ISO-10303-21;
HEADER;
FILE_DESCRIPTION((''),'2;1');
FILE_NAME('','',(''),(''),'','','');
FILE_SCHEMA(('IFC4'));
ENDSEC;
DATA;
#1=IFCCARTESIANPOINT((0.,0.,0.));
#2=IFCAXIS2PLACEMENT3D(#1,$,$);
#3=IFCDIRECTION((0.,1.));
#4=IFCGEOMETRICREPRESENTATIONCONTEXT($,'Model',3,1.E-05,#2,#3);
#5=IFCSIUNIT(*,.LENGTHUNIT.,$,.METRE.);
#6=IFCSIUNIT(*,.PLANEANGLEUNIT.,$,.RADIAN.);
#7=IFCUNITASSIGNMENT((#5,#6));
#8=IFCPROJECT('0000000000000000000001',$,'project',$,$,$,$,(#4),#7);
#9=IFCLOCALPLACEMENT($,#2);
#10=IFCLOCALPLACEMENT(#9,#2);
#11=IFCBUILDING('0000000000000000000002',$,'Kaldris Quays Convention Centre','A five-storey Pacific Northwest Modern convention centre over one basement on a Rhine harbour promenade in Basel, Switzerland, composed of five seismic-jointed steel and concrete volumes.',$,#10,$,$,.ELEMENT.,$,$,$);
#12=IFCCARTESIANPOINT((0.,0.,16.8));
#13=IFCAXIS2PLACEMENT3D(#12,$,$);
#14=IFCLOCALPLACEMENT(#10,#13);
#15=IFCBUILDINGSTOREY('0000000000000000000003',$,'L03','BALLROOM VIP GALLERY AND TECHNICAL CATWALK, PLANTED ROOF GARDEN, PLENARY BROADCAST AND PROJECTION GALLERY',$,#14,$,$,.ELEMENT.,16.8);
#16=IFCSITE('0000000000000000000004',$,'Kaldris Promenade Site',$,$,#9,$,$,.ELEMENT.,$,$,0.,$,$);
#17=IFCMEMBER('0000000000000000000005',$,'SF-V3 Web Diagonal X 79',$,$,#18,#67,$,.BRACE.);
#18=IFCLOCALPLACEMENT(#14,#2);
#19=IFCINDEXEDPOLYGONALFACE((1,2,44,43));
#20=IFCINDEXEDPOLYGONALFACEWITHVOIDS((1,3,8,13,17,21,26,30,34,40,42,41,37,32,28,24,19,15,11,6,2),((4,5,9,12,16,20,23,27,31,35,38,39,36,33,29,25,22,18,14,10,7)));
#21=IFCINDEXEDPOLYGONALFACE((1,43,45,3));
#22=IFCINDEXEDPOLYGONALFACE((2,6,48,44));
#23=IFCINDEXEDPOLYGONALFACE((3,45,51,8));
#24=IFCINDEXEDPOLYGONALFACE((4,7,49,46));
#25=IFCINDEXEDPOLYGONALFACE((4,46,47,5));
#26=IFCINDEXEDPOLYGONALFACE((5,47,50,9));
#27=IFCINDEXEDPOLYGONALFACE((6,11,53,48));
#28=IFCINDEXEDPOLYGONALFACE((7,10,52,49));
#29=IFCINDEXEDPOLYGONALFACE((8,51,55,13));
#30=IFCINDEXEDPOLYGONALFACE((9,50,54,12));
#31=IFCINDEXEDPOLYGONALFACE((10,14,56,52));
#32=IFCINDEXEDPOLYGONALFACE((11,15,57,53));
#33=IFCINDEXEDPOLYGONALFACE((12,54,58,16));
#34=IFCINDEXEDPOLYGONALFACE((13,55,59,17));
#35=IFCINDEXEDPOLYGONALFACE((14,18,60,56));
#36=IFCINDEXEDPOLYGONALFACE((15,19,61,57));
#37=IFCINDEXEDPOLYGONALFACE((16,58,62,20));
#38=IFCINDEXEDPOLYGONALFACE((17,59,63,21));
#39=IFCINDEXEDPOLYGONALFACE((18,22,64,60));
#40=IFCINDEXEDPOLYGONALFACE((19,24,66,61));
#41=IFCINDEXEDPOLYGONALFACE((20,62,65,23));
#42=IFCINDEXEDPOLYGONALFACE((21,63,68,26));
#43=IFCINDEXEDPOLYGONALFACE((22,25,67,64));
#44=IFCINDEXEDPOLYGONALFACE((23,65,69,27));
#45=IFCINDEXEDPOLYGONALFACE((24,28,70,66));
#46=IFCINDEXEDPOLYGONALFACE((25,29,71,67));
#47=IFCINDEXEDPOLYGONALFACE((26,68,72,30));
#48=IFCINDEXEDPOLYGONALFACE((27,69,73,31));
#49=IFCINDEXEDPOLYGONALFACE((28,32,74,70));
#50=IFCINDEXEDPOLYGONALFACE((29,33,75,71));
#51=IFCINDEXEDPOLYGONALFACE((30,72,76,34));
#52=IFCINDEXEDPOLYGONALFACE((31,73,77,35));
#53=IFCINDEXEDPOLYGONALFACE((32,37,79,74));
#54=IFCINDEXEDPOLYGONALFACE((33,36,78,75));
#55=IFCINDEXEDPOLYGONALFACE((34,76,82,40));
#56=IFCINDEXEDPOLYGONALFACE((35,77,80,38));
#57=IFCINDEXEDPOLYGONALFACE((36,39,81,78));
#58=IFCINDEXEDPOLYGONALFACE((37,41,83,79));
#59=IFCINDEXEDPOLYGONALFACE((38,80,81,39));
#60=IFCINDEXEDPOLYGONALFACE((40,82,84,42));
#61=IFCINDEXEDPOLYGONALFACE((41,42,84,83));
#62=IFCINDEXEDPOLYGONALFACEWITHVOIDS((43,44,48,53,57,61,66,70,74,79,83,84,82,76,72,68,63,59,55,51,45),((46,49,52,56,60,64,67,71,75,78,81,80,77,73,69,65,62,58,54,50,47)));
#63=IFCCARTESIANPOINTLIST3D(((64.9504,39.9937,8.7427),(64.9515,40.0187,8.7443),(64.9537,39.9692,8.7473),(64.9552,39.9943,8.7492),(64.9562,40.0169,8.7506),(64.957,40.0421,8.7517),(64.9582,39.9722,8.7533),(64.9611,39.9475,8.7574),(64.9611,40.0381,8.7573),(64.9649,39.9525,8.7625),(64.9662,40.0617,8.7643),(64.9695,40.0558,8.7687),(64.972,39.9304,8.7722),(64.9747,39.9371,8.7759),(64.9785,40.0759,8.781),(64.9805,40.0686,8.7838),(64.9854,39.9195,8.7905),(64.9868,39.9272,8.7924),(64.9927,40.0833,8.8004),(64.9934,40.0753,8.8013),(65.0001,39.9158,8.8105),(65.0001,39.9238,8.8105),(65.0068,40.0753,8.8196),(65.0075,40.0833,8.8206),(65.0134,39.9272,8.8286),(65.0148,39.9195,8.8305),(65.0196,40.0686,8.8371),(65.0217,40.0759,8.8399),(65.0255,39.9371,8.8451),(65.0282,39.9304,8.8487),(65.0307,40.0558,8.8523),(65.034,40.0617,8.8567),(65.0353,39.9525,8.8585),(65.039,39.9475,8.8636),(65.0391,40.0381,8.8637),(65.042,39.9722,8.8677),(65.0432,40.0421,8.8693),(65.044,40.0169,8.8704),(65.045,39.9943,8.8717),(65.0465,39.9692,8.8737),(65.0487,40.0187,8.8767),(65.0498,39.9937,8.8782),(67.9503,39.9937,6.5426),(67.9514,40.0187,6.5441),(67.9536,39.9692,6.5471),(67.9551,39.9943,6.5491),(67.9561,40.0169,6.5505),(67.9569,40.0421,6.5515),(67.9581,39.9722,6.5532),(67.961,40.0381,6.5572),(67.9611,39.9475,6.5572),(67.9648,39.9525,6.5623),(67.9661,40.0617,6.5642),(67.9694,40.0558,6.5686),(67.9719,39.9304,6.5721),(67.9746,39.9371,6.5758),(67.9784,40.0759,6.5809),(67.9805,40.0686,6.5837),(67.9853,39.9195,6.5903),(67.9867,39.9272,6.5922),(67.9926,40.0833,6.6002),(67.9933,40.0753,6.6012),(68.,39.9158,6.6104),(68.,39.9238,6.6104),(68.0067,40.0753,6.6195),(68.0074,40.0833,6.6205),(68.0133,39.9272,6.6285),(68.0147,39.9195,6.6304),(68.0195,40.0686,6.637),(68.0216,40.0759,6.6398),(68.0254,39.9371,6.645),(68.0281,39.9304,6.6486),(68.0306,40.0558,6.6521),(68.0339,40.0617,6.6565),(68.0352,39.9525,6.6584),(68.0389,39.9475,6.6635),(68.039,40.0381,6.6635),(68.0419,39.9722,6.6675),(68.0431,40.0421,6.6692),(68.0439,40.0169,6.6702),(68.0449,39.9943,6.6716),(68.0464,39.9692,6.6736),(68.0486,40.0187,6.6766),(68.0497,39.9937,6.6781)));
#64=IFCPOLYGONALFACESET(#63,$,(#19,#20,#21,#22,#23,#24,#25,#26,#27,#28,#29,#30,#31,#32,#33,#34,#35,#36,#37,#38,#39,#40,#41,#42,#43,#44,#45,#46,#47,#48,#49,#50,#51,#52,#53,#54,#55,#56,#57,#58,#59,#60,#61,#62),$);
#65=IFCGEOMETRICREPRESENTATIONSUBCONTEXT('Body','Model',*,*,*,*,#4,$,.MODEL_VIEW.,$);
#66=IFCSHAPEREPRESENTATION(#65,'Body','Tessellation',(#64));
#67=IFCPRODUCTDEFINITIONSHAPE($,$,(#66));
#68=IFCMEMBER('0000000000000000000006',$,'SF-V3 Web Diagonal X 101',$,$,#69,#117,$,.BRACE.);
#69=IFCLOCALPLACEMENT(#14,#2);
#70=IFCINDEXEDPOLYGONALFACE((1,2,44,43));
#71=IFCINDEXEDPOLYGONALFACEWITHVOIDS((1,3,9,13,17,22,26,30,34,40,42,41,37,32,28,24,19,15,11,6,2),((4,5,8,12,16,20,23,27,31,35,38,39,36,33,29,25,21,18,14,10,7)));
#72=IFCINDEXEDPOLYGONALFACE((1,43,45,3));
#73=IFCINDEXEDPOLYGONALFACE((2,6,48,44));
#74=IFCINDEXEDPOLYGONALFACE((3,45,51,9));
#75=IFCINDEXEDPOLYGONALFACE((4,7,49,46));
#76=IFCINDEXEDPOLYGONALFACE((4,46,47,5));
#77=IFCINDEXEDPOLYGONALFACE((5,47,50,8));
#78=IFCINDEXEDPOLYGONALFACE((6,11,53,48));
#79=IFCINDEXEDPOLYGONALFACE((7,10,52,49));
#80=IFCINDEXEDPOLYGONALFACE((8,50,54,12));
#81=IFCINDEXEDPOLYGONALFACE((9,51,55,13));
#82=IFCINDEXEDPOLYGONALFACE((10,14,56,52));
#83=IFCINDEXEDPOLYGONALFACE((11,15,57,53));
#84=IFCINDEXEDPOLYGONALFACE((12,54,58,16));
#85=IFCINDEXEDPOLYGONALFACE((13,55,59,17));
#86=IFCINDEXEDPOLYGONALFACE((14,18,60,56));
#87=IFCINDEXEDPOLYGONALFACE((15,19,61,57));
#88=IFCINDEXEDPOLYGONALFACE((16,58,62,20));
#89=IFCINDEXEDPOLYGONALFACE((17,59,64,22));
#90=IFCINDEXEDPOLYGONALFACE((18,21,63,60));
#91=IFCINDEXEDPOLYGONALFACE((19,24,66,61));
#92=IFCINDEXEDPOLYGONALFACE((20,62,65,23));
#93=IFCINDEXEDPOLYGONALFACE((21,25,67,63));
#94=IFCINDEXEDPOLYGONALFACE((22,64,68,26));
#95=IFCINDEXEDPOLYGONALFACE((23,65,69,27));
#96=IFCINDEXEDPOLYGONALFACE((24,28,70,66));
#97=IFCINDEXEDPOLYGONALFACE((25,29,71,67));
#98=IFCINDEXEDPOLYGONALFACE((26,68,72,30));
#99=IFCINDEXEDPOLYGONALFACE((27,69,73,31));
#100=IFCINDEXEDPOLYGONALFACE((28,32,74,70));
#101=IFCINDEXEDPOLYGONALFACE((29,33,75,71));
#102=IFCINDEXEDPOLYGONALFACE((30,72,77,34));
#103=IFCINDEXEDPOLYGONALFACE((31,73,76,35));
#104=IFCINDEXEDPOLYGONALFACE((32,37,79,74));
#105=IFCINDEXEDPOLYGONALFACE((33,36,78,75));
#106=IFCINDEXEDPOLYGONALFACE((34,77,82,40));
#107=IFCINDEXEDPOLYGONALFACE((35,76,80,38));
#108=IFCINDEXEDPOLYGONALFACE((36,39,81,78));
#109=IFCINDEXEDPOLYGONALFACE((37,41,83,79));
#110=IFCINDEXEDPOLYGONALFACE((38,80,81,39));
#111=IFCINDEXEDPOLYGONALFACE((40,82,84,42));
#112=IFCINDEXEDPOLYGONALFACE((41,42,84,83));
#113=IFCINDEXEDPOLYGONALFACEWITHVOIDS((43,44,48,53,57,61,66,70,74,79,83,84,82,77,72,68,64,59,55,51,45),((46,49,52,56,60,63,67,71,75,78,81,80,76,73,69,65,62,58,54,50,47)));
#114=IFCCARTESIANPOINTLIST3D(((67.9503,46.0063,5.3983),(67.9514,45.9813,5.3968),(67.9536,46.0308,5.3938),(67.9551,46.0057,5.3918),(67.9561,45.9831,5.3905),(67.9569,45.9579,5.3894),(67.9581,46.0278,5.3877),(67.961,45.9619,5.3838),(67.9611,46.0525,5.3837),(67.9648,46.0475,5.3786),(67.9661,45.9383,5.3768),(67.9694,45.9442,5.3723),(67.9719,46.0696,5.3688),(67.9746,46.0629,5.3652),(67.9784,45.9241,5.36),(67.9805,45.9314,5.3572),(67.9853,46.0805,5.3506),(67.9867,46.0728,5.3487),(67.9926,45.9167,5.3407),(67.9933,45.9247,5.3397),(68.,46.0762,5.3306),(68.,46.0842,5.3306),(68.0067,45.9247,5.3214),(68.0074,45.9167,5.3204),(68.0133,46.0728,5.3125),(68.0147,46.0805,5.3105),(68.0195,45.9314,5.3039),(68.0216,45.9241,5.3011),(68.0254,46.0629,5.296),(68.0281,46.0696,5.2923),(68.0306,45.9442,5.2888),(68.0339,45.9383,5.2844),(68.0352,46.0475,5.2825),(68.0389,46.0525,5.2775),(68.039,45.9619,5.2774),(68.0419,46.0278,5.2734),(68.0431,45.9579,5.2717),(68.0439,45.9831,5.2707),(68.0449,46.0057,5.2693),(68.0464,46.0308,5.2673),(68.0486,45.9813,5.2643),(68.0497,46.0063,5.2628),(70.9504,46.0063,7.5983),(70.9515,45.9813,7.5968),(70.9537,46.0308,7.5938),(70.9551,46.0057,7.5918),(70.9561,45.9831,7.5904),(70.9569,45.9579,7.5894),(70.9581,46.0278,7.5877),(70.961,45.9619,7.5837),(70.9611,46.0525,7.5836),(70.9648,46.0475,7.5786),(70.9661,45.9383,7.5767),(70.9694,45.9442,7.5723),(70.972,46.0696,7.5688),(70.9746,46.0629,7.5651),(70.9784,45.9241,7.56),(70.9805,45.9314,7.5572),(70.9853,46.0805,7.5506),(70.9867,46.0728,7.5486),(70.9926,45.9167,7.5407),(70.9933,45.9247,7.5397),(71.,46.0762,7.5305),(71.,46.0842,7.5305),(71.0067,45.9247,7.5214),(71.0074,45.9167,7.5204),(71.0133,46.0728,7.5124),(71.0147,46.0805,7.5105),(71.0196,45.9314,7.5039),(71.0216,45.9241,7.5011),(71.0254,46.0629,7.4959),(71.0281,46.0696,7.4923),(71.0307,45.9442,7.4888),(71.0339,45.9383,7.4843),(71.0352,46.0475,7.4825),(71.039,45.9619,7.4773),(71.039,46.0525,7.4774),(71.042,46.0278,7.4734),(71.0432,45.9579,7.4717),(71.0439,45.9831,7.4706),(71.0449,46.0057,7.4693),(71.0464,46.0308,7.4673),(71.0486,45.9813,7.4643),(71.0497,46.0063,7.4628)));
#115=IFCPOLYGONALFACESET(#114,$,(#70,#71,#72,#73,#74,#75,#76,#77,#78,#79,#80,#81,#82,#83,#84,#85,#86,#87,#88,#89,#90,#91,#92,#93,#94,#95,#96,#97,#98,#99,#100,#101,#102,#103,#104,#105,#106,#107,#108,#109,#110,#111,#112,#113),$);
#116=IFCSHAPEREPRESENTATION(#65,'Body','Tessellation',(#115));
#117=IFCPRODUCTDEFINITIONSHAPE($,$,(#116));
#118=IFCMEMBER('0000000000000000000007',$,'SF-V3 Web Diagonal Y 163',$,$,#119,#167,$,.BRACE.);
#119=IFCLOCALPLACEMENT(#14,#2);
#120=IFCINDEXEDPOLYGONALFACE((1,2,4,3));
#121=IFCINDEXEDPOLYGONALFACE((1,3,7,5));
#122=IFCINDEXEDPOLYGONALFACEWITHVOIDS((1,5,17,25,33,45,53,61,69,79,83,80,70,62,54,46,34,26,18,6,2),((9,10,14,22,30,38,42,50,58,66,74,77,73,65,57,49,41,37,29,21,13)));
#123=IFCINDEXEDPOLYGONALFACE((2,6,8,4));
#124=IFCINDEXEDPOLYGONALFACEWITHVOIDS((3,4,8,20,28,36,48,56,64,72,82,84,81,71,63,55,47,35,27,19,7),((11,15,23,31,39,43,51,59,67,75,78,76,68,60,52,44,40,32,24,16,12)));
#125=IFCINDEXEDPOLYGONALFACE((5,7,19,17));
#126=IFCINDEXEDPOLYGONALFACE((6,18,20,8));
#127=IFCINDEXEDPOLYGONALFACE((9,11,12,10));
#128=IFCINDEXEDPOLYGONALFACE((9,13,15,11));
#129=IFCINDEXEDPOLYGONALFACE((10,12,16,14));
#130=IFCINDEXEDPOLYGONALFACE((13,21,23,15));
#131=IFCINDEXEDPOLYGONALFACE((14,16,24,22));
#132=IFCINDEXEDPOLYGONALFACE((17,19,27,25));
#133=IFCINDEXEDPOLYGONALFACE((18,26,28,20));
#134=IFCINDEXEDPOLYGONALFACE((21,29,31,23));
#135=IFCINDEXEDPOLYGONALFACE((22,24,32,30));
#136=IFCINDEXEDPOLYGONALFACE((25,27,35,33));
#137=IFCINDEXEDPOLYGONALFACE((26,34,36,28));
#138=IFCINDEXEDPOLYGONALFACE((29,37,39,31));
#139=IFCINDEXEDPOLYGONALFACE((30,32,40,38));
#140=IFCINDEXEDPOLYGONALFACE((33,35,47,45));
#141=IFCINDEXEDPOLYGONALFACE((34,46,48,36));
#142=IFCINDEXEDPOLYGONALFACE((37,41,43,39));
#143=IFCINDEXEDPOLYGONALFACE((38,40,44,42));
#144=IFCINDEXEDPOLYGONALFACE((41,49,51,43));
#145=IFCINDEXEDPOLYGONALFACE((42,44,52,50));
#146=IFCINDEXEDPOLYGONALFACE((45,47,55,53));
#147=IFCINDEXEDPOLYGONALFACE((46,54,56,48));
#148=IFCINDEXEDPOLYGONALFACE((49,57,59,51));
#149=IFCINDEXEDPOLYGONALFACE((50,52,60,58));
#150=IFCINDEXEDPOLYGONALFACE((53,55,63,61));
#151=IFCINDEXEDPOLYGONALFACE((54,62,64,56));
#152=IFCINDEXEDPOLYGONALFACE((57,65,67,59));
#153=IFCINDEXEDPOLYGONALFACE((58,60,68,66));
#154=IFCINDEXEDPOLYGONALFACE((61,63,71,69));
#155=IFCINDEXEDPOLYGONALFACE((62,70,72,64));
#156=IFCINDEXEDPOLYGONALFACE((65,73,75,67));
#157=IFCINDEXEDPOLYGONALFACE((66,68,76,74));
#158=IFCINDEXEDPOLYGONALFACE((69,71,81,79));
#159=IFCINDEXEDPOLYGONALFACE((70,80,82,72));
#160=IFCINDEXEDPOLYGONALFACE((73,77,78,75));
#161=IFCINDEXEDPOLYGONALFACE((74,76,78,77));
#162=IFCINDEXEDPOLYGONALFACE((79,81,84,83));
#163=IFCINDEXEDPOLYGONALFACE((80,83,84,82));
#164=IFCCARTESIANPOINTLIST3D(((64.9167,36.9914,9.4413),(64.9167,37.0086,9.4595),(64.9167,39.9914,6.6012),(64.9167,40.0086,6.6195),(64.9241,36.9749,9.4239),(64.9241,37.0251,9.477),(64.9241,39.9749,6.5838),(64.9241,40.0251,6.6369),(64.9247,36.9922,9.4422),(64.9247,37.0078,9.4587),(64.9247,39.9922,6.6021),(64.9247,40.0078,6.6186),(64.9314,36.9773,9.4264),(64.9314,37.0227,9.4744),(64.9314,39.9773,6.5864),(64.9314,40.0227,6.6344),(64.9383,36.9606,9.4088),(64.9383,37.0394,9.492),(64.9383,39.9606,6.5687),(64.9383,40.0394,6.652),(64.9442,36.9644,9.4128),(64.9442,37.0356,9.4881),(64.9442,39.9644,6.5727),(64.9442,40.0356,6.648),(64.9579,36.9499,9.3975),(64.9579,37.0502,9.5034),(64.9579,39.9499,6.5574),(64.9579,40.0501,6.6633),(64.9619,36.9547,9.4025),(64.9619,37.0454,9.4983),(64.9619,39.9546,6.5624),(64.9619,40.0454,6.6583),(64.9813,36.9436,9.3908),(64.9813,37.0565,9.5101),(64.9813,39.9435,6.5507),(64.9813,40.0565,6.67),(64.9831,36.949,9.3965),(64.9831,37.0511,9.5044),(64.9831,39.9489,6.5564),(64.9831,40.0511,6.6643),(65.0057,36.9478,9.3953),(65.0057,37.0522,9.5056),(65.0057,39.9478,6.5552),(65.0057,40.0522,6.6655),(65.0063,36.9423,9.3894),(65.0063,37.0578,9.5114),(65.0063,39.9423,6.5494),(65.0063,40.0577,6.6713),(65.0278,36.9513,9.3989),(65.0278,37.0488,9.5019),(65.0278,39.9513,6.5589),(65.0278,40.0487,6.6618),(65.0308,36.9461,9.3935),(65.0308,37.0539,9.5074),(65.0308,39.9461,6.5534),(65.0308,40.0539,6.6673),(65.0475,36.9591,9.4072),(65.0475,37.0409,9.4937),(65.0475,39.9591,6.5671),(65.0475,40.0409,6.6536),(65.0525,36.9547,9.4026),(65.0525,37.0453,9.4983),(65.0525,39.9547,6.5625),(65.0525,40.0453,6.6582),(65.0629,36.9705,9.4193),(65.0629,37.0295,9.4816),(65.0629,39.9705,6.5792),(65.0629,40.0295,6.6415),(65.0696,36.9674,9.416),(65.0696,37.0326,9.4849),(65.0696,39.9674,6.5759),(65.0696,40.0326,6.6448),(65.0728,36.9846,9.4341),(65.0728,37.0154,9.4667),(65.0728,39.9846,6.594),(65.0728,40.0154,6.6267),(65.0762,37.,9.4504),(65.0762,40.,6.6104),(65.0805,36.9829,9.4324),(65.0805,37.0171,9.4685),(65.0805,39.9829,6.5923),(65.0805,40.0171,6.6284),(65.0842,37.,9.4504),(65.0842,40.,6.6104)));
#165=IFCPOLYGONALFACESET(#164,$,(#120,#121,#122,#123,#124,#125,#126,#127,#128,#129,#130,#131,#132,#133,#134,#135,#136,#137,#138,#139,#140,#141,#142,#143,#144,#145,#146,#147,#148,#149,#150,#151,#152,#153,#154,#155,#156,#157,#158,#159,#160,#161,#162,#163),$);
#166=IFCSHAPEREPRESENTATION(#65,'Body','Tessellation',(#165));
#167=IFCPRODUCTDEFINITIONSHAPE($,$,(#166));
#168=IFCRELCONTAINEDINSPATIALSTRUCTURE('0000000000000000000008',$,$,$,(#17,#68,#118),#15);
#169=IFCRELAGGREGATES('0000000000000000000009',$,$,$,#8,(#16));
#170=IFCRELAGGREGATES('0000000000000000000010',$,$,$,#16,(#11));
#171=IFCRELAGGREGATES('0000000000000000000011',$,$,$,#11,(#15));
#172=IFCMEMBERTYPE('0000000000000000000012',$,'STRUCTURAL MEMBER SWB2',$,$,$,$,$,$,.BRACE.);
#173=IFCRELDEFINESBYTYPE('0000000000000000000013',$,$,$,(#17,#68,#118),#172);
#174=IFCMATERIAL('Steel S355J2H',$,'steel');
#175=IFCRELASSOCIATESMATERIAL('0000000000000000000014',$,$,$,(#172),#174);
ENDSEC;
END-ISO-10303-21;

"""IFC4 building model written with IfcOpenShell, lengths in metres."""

from ifc_helpers import new_model, si_unit, direction, frame, origin, origin_2d, place, context, subcontext, project, spatial, hollow_circle, extrude, material, material_profile, profile_set, type_object, element, save


model = new_model("IFC4")

# Units and contexts
model_context = context("Model", 3, precision=1e-05, world=origin(), true_north=direction((0.0, 1.0)))
body_context = subcontext(model_context, "Body", "Model", "MODEL_VIEW")
ifc_project = project(units=[si_unit("LENGTHUNIT", "METRE"), si_unit("PLANEANGLEUNIT", "RADIAN")], contexts=[model_context])

# Site, building, storey
site_placement = place(None, origin())
site = spatial("IfcSite", under=ifc_project, at=site_placement, Name="Kaldris Promenade Site", CompositionType="ELEMENT", RefElevation=0.0)
building_placement = place(site_placement, origin())
building = spatial("IfcBuilding", under=site, at=building_placement, Name="Kaldris Quays Convention Centre", Description="A five-storey Pacific Northwest Modern convention centre over one basement on a Rhine harbour promenade in Basel, Switzerland, composed of five seismic-jointed steel and concrete volumes.", CompositionType="ELEMENT")
storey_placement = place(building_placement, frame((0.0, 0.0, 16.8)))
storey = spatial("IfcBuildingStorey", under=building, at=storey_placement, Name="L03", Description="BALLROOM VIP GALLERY AND TECHNICAL CATWALK, PLANTED ROOF GARDEN, PLENARY BROADCAST AND PROJECTION GALLERY", CompositionType="ELEMENT", Elevation=16.8)

# Members
ifc_material_1 = material(Name="Steel S355J2H", Category="steel")
ifc_material_profile_1 = material_profile(ifc_material_1, hollow_circle(Radius=0.0842, WallThickness=0.0081, at=origin_2d()), Name="CHS 168.3x8")
ifc_profile_set_1 = profile_set([ifc_material_profile_1], Name="Steel S355J2H")
member_type_1 = type_object("IfcMemberType", Name="STRUCTURAL MEMBER SWB2", PredefinedType="BRACE", material=ifc_profile_set_1)
for number, where, z_axis, x_axis, name in (
    (1, (68.0, 40.0, 6.6104), (-0.80638, 0.0, 0.591398), (0.0, -1.0, 0.0), "SF-V3 Web Diagonal X 79"),
    (2, (68.0, 46.0, 5.3306), (0.806411, 0.0, 0.591355), (0.0, 1.0, 0.0), "SF-V3 Web Diagonal X 101"),
):
    element("IfcMember", number, at=place(storey_placement, frame(where, z_axis=z_axis, x_axis=x_axis)), inside=storey, type_object=member_type_1, Name=name, PredefinedType="BRACE", context=body_context, shape_type="SweptSolid", body=[
        extrude(hollow_circle(Radius=0.0842, WallThickness=0.0081, at=origin_2d()), origin(), (0.0, 0.0, 1.0), 3.7202),
    ])
member_1_placement = place(storey_placement, frame((65.0, 40.0, 6.6104), z_axis=(0.0, -0.726196, 0.687487), x_axis=(1.0, 0.0, 0.0)))
element("IfcMember", 3, at=member_1_placement, inside=storey, type_object=member_type_1, Name="SF-V3 Web Diagonal Y 163", PredefinedType="BRACE", context=body_context, shape_type="SweptSolid", body=[
    extrude(hollow_circle(Radius=0.0842, WallThickness=0.0081, at=origin_2d()), origin(), (0.0, 0.0, 1.0), 4.1311),
])

save(model, "model.ifc")
